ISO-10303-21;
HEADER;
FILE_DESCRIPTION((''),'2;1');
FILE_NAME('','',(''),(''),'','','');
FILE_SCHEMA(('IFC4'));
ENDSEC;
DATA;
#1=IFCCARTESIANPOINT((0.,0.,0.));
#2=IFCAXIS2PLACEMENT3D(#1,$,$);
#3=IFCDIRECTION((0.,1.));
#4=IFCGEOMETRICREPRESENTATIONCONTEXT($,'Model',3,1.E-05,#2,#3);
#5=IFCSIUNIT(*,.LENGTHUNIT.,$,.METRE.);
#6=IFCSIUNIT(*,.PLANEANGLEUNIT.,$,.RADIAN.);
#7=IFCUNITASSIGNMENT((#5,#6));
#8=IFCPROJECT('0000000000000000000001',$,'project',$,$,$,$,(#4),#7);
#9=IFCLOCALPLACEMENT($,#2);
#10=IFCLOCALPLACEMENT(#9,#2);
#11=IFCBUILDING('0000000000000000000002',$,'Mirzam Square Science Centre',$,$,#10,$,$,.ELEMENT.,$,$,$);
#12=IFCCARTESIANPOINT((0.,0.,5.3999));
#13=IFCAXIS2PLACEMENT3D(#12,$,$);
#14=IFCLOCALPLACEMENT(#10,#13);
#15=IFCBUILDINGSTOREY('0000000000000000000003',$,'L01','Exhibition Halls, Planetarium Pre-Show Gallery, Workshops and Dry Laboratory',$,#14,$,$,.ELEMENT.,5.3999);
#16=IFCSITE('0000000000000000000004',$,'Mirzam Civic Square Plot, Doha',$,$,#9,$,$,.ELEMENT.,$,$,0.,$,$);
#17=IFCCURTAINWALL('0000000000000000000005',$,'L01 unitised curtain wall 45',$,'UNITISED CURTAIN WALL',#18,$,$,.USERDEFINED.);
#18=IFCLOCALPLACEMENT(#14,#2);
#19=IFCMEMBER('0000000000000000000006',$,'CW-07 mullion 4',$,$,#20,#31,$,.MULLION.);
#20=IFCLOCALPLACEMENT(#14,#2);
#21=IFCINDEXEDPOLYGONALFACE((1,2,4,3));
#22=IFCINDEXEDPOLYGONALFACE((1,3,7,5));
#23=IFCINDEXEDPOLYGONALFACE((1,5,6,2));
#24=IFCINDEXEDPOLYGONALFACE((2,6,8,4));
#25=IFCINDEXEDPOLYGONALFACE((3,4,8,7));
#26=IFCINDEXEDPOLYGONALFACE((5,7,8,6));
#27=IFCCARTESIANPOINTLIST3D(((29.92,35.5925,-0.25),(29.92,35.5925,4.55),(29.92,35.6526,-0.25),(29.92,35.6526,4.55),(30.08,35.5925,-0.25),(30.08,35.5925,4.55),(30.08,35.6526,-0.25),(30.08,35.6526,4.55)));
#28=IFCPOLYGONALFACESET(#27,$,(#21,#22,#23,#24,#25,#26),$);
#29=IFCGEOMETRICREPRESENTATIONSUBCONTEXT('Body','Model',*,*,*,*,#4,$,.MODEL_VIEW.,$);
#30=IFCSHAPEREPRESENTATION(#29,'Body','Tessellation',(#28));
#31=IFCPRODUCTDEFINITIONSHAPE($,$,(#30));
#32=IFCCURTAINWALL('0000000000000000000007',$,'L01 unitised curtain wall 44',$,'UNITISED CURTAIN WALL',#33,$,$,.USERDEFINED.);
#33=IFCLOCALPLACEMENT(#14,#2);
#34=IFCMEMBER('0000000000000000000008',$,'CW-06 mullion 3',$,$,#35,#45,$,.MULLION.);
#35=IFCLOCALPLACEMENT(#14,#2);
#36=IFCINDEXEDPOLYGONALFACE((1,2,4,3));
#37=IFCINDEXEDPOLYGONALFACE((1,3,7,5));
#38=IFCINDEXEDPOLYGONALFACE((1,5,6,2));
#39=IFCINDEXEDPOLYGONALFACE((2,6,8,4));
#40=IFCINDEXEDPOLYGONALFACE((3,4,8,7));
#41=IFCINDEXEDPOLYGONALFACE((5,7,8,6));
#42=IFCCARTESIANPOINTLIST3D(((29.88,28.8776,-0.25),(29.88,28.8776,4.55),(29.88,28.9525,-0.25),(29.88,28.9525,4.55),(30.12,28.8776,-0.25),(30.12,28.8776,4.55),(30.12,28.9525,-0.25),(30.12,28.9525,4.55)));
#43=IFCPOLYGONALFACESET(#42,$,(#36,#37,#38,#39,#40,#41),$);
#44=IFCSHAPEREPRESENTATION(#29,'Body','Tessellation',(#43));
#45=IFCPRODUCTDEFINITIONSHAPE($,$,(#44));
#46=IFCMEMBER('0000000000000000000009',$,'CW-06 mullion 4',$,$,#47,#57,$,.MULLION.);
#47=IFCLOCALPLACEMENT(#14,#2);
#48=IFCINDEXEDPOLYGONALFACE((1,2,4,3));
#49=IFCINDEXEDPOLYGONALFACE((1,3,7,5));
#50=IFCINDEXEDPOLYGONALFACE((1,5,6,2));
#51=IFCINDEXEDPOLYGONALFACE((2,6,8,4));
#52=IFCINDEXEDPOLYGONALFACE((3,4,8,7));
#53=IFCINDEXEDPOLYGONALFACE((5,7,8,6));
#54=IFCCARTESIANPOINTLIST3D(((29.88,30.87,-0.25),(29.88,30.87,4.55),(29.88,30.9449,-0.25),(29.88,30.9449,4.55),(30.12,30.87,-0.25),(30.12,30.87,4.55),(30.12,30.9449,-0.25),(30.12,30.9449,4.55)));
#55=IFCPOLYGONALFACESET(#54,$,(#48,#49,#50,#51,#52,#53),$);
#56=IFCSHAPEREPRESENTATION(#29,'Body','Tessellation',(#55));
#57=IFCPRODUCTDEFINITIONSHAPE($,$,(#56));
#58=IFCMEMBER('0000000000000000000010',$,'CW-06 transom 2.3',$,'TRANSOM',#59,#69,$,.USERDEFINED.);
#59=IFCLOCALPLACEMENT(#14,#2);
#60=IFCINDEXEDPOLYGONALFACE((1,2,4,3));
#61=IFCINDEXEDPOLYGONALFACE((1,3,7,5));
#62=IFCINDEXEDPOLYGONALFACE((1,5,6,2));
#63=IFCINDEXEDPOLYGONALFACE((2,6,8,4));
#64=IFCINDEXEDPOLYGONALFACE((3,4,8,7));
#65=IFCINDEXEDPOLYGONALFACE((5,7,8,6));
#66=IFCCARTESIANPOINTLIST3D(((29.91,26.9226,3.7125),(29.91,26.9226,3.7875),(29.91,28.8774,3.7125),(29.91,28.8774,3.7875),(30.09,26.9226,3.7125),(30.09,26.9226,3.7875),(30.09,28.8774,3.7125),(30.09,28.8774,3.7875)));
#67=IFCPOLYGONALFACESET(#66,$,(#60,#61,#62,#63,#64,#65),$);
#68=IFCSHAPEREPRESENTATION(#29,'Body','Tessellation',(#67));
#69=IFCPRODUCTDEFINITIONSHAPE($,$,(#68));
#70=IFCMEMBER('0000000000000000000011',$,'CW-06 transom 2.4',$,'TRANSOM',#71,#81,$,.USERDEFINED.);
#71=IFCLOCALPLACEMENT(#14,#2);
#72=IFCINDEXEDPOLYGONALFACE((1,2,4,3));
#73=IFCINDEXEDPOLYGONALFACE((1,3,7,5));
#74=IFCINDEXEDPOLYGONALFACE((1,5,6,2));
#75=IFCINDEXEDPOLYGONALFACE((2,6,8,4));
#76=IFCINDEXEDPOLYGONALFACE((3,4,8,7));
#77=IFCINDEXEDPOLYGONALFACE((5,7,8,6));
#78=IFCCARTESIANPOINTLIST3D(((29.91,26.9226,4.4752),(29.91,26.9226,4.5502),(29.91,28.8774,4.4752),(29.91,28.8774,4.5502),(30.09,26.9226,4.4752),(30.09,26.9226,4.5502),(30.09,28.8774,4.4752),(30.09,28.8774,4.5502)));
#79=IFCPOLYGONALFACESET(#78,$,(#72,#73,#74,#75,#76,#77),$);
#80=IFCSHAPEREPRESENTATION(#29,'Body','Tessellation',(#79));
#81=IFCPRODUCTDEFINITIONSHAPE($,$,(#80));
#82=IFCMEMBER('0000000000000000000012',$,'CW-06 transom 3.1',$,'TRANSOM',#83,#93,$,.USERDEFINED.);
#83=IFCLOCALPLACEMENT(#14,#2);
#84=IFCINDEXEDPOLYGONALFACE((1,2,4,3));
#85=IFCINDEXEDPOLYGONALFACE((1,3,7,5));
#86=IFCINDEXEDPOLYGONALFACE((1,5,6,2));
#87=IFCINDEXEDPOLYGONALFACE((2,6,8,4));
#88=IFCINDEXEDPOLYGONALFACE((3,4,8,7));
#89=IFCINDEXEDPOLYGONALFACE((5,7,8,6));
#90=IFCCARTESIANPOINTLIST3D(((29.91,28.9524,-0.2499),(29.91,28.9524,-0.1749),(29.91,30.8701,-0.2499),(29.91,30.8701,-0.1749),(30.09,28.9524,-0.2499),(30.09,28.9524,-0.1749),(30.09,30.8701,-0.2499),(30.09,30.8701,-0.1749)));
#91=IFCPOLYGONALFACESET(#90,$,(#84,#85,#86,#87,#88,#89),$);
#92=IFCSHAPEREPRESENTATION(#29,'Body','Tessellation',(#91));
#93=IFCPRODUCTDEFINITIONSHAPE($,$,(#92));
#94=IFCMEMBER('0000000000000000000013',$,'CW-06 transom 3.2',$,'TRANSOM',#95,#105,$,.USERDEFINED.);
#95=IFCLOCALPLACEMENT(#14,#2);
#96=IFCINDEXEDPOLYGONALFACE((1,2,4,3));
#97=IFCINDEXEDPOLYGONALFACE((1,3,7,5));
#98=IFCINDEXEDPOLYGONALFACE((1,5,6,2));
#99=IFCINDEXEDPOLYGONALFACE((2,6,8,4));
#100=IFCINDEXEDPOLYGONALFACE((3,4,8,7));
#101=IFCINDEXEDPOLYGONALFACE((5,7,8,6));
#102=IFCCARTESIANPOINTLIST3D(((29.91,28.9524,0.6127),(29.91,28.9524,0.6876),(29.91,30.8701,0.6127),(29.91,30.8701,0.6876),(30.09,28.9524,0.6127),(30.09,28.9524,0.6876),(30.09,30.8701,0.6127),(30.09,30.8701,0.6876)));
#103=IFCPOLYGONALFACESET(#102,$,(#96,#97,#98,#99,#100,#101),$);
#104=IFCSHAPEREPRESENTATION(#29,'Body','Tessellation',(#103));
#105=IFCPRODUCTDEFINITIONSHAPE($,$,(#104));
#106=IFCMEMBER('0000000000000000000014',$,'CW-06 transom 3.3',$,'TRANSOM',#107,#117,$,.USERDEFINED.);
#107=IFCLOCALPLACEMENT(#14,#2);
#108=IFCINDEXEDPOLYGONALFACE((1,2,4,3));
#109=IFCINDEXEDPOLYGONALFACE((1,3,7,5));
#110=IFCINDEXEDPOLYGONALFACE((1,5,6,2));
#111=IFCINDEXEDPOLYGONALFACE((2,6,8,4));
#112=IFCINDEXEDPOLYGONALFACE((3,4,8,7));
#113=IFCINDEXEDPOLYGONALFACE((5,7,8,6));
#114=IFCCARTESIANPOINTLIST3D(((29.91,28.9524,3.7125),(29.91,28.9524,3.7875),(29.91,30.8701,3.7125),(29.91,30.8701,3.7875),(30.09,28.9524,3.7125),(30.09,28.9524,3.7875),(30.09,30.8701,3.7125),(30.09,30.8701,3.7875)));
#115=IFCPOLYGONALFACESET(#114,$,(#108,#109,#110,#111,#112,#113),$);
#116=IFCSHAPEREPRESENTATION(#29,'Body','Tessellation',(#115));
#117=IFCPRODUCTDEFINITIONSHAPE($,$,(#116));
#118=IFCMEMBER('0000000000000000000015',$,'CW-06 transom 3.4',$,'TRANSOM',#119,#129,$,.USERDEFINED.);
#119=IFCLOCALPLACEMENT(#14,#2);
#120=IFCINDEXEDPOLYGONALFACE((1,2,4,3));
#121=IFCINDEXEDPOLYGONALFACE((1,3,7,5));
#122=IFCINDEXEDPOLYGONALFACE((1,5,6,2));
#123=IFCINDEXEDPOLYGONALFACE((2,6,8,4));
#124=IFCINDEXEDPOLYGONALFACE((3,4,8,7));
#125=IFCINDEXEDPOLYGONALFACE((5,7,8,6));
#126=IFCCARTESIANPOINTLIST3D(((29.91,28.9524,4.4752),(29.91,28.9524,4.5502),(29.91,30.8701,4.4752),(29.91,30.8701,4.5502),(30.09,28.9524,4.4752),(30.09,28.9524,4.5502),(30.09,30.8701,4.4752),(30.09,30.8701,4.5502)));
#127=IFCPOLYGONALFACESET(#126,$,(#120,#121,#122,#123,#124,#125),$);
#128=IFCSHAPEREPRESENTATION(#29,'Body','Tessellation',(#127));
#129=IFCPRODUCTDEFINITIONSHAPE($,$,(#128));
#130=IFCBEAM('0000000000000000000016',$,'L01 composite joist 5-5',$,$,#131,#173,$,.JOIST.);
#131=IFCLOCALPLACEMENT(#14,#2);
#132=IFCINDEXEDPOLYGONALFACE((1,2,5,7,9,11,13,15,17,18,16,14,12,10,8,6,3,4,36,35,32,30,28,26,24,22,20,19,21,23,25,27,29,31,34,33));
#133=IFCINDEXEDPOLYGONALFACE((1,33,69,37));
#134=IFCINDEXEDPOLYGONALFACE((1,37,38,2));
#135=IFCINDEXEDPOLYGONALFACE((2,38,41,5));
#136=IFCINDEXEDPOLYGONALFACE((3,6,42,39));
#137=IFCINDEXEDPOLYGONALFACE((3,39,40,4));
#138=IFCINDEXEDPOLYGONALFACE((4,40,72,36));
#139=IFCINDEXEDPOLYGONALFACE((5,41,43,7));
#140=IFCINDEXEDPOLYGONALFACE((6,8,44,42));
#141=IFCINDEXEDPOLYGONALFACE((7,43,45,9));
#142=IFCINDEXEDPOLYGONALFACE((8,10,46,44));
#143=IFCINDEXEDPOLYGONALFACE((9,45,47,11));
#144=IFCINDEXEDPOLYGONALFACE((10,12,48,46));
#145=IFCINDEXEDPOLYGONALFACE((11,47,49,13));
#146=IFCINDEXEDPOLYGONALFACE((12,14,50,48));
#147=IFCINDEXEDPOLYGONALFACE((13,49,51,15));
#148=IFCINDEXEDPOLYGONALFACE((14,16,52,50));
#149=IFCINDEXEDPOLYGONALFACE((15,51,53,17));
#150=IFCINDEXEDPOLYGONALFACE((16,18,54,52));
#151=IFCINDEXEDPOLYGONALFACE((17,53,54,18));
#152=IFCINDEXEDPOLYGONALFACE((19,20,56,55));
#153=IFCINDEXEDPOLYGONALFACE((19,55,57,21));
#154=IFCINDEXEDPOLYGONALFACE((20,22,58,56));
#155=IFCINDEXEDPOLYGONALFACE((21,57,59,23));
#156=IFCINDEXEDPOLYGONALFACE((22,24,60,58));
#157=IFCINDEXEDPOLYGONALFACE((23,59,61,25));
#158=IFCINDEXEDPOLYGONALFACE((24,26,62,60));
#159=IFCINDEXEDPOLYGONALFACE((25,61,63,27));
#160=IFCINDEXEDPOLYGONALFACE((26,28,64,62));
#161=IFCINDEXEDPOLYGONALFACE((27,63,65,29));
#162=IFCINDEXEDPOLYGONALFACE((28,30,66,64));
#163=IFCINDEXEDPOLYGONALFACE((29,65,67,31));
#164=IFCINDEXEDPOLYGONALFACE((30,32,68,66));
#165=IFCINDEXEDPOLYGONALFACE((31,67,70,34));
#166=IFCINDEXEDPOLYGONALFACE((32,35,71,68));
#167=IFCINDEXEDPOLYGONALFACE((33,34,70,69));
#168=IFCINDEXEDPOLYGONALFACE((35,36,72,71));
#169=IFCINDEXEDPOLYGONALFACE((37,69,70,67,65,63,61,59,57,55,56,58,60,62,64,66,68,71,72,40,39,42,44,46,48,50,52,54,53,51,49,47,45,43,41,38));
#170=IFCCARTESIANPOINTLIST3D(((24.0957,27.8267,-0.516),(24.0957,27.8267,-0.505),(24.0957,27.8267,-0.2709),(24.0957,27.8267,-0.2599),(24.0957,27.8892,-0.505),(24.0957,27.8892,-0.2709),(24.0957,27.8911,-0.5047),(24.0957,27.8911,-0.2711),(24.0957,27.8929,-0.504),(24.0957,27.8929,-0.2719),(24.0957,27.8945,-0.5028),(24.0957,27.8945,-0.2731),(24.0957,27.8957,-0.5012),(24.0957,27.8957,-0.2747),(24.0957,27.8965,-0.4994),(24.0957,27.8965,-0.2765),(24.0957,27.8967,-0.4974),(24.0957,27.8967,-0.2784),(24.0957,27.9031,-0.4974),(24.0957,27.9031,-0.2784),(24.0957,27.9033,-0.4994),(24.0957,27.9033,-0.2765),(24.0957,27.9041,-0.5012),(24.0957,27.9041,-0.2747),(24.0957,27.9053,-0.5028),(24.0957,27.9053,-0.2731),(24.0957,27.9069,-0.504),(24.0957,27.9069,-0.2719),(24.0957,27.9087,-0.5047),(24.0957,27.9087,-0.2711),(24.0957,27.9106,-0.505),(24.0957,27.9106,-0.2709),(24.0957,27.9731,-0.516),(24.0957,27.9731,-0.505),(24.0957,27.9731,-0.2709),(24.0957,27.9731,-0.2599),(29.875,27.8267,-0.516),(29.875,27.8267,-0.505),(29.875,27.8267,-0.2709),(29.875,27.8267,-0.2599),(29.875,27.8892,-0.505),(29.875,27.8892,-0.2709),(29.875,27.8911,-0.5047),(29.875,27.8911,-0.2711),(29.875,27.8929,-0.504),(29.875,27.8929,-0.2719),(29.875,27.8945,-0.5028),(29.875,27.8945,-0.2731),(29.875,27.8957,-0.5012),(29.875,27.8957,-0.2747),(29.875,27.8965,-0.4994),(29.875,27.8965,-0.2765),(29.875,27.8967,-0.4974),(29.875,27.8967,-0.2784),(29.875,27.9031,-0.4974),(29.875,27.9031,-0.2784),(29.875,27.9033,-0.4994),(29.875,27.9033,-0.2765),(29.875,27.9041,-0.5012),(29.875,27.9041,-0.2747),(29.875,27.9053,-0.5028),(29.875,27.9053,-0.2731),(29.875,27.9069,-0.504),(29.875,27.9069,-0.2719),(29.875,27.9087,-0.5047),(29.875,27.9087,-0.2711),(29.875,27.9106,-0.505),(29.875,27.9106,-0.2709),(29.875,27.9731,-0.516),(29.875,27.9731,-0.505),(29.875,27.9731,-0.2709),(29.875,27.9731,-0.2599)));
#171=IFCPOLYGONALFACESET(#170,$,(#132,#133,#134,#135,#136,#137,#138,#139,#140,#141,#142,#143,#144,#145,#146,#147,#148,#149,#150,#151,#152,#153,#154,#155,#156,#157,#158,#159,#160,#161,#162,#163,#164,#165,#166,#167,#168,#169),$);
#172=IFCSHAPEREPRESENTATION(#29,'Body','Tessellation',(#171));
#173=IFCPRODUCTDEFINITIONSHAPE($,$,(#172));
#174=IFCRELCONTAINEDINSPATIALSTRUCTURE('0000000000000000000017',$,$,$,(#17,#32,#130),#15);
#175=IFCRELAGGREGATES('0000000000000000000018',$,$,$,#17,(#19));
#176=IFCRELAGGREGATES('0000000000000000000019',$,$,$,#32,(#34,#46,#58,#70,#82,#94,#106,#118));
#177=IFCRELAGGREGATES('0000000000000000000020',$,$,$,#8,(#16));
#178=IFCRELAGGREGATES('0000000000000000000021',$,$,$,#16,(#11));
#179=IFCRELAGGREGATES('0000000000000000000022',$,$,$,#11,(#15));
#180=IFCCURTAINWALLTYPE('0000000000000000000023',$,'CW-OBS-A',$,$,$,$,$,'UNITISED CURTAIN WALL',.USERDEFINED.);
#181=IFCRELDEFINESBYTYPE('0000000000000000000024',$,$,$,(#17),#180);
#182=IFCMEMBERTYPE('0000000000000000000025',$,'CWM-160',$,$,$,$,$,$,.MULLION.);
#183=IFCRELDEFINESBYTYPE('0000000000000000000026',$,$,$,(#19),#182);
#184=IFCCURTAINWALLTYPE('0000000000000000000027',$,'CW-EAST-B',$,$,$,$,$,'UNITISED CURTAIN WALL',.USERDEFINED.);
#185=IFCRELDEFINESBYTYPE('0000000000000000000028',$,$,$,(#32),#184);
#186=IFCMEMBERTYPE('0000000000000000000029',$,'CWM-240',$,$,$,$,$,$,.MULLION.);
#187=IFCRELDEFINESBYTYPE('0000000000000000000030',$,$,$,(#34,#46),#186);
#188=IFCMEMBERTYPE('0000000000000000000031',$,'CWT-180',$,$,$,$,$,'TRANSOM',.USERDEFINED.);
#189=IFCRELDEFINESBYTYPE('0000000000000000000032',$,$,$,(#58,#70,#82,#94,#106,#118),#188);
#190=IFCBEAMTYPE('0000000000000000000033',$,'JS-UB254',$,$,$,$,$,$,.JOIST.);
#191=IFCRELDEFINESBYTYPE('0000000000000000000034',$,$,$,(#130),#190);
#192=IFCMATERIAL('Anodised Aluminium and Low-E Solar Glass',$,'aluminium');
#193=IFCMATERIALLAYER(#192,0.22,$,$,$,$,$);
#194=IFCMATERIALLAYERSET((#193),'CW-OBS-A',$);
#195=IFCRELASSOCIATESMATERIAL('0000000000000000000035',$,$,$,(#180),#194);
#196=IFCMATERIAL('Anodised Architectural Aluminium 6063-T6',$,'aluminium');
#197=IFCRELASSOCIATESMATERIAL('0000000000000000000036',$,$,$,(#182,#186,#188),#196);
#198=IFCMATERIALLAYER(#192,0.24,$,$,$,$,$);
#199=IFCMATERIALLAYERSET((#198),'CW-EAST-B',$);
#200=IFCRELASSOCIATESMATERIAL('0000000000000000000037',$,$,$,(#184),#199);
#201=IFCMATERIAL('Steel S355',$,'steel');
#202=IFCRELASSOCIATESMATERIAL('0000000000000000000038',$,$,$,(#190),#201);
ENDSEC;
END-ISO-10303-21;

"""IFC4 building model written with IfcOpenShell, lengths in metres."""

from ifc_helpers import new_model, si_unit, direction, frame, origin, origin_2d, place, context, subcontext, project, spatial, rectangle, i_section, extrude, material, layer, layer_set, material_profile, profile_set, type_object, element, aggregate, save


model = new_model("IFC4")

# Units and contexts
model_context = context("Model", 3, precision=1e-05, world=origin(), true_north=direction((0.0, 1.0)))
body_context = subcontext(model_context, "Body", "Model", "MODEL_VIEW")
ifc_project = project(units=[si_unit("LENGTHUNIT", "METRE"), si_unit("PLANEANGLEUNIT", "RADIAN")], contexts=[model_context])

# Site, building, storey
site_placement = place(None, origin())
site = spatial("IfcSite", under=ifc_project, at=site_placement, Name="Mirzam Civic Square Plot, Doha", CompositionType="ELEMENT", RefElevation=0.0)
building_placement = place(site_placement, origin())
building = spatial("IfcBuilding", under=site, at=building_placement, Name="Mirzam Square Science Centre", CompositionType="ELEMENT")
storey_placement = place(building_placement, frame((0.0, 0.0, 5.3999)))
storey = spatial("IfcBuildingStorey", under=building, at=storey_placement, Name="L01", Description="Exhibition Halls, Planetarium Pre-Show Gallery, Workshops and Dry Laboratory", CompositionType="ELEMENT", Elevation=5.3999)

# Shared definitions
ifc_material_1 = material(Name="Steel S355", Category="steel")

# Curtain walls, members
ifc_material_2 = material(Name="Anodised Aluminium and Low-E Solar Glass", Category="aluminium")
ifc_layer_1 = layer(ifc_material_2, 0.22)
ifc_layer_set_1 = layer_set([ifc_layer_1], Name="CW-OBS-A")
curtain_wall_type_1 = type_object("IfcCurtainWallType", Name="CW-OBS-A", ElementType="UNITISED CURTAIN WALL", PredefinedType="USERDEFINED", material=ifc_layer_set_1)
curtain_wall_1_placement = place(storey_placement, origin())
curtain_wall_1 = element("IfcCurtainWall", 1, at=curtain_wall_1_placement, inside=storey, type_object=curtain_wall_type_1, Name="L01 unitised curtain wall 45", ObjectType="UNITISED CURTAIN WALL", PredefinedType="USERDEFINED")
ifc_material_3 = material(Name="Anodised Architectural Aluminium 6063-T6", Category="aluminium")
ifc_material_profile_1 = material_profile(ifc_material_3, rectangle(XDim=0.0601, YDim=0.1599, at=origin_2d()), Name="ALU-MULL-160x60x4")
ifc_profile_set_1 = profile_set([ifc_material_profile_1], Name="Anodised Architectural Aluminium 6063-T6")
member_type_1 = type_object("IfcMemberType", Name="CWM-160", PredefinedType="MULLION", material=ifc_profile_set_1)
member_1_placement = place(storey_placement, frame((30.0, 35.6226, -0.25), z_axis=(0.0, 0.0, 1.0), x_axis=(0.0, 1.0, 0.0)))
member_1 = element("IfcMember", 2, at=member_1_placement, type_object=member_type_1, Name="CW-07 mullion 4", PredefinedType="MULLION", context=body_context, shape_type="SweptSolid", body=[
    extrude(rectangle(XDim=0.0601, YDim=0.1599, at=origin_2d()), origin(), (0.0, 0.0, 1.0), 4.8),
])
aggregate(curtain_wall_1, [member_1])
ifc_layer_2 = layer(ifc_material_2, 0.24)
ifc_layer_set_2 = layer_set([ifc_layer_2], Name="CW-EAST-B")
curtain_wall_type_2 = type_object("IfcCurtainWallType", Name="CW-EAST-B", ElementType="UNITISED CURTAIN WALL", PredefinedType="USERDEFINED", material=ifc_layer_set_2)
curtain_wall_2_placement = place(storey_placement, origin())
curtain_wall_2 = element("IfcCurtainWall", 3, at=curtain_wall_2_placement, inside=storey, type_object=curtain_wall_type_2, Name="L01 unitised curtain wall 44", ObjectType="UNITISED CURTAIN WALL", PredefinedType="USERDEFINED")
ifc_material_profile_2 = material_profile(ifc_material_3, rectangle(XDim=0.075, YDim=0.24, at=origin_2d()), Name="ALU-MULL-240x75x5")
ifc_profile_set_2 = profile_set([ifc_material_profile_2], Name="Anodised Architectural Aluminium 6063-T6")
member_type_2 = type_object("IfcMemberType", Name="CWM-240", PredefinedType="MULLION", material=ifc_profile_set_2)
member_2_placement = place(storey_placement, frame((30.0, 28.915, -0.25), z_axis=(0.0, 0.0, 1.0), x_axis=(0.0, 1.0, 0.0)))
member_2 = element("IfcMember", 4, at=member_2_placement, type_object=member_type_2, Name="CW-06 mullion 3", PredefinedType="MULLION", context=body_context, shape_type="SweptSolid", body=[
    extrude(rectangle(XDim=0.075, YDim=0.24, at=origin_2d()), origin(), (0.0, 0.0, 1.0), 4.8),
])
member_3_placement = place(storey_placement, frame((30.0, 30.9075, -0.25), z_axis=(0.0, 0.0, 1.0), x_axis=(0.0, 1.0, 0.0)))
member_3 = element("IfcMember", 5, at=member_3_placement, type_object=member_type_2, Name="CW-06 mullion 4", PredefinedType="MULLION", context=body_context, shape_type="SweptSolid", body=[
    extrude(rectangle(XDim=0.075, YDim=0.24, at=origin_2d()), origin(), (0.0, 0.0, 1.0), 4.8),
])
ifc_material_profile_3 = material_profile(ifc_material_3, rectangle(XDim=0.1799, YDim=0.075, at=origin_2d()), Name="ALU-TRAN-180x75x5")
ifc_profile_set_3 = profile_set([ifc_material_profile_3], Name="Anodised Architectural Aluminium 6063-T6")
member_type_3 = type_object("IfcMemberType", Name="CWT-180", ElementType="TRANSOM", PredefinedType="USERDEFINED", material=ifc_profile_set_3)
member_4_placement = place(storey_placement, frame((30.0, 26.9226, 3.75), z_axis=(0.0, 1.0, 0.0), x_axis=(-1.0, 0.0, 0.0)))
member_4 = element("IfcMember", 6, at=member_4_placement, type_object=member_type_3, Name="CW-06 transom 2.3", ObjectType="TRANSOM", PredefinedType="USERDEFINED", context=body_context, shape_type="SweptSolid", body=[
    extrude(rectangle(XDim=0.1799, YDim=0.075, at=origin_2d()), origin(), (0.0, 0.0, 1.0), 1.9548),
])
member_5_placement = place(storey_placement, frame((30.0, 26.9226, 4.5127), z_axis=(0.0, 1.0, 0.0), x_axis=(-1.0, 0.0, 0.0)))
member_5 = element("IfcMember", 7, at=member_5_placement, type_object=member_type_3, Name="CW-06 transom 2.4", ObjectType="TRANSOM", PredefinedType="USERDEFINED", context=body_context, shape_type="SweptSolid", body=[
    extrude(rectangle(XDim=0.1799, YDim=0.075, at=origin_2d()), origin(), (0.0, 0.0, 1.0), 1.9548),
])
member_6_placement = place(storey_placement, frame((30.0, 28.9524, -0.2124), z_axis=(0.0, 1.0, 0.0), x_axis=(-1.0, 0.0, 0.0)))
member_6 = element("IfcMember", 8, at=member_6_placement, type_object=member_type_3, Name="CW-06 transom 3.1", ObjectType="TRANSOM", PredefinedType="USERDEFINED", context=body_context, shape_type="SweptSolid", body=[
    extrude(rectangle(XDim=0.1799, YDim=0.075, at=origin_2d()), origin(), (0.0, 0.0, 1.0), 1.9177),
])
member_7_placement = place(storey_placement, frame((30.0, 28.9524, 0.6501), z_axis=(0.0, 1.0, 0.0), x_axis=(-1.0, 0.0, 0.0)))
member_7 = element("IfcMember", 9, at=member_7_placement, type_object=member_type_3, Name="CW-06 transom 3.2", ObjectType="TRANSOM", PredefinedType="USERDEFINED", context=body_context, shape_type="SweptSolid", body=[
    extrude(rectangle(XDim=0.1799, YDim=0.075, at=origin_2d()), origin(), (0.0, 0.0, 1.0), 1.9177),
])
member_8_placement = place(storey_placement, frame((30.0, 28.9524, 3.75), z_axis=(0.0, 1.0, 0.0), x_axis=(-1.0, 0.0, 0.0)))
member_8 = element("IfcMember", 10, at=member_8_placement, type_object=member_type_3, Name="CW-06 transom 3.3", ObjectType="TRANSOM", PredefinedType="USERDEFINED", context=body_context, shape_type="SweptSolid", body=[
    extrude(rectangle(XDim=0.1799, YDim=0.075, at=origin_2d()), origin(), (0.0, 0.0, 1.0), 1.9177),
])
member_9_placement = place(storey_placement, frame((30.0, 28.9524, 4.5127), z_axis=(0.0, 1.0, 0.0), x_axis=(-1.0, 0.0, 0.0)))
member_9 = element("IfcMember", 11, at=member_9_placement, type_object=member_type_3, Name="CW-06 transom 3.4", ObjectType="TRANSOM", PredefinedType="USERDEFINED", context=body_context, shape_type="SweptSolid", body=[
    extrude(rectangle(XDim=0.1799, YDim=0.075, at=origin_2d()), origin(), (0.0, 0.0, 1.0), 1.9177),
])

# Beam
ifc_material_profile_4 = material_profile(ifc_material_1, i_section(OverallWidth=0.1465, OverallDepth=0.2561, WebThickness=0.0063, FlangeThickness=0.011, FilletRadius=0.0076, at=origin_2d()), Name="254x146x37UB")
ifc_profile_set_4 = profile_set([ifc_material_profile_4], Name="Steel S355")
beam_type_1 = type_object("IfcBeamType", Name="JS-UB254", PredefinedType="JOIST", material=ifc_profile_set_4)
beam_1_placement = place(storey_placement, frame((24.0957, 27.8999, -0.3879), z_axis=(1.0, 0.0, 0.0), x_axis=(0.0, 1.0, 0.0)))
element("IfcBeam", 12, at=beam_1_placement, inside=storey, type_object=beam_type_1, Name="L01 composite joist 5-5", PredefinedType="JOIST", context=body_context, shape_type="SweptSolid", body=[
    extrude(i_section(OverallWidth=0.1465, OverallDepth=0.2561, WebThickness=0.0063, FlangeThickness=0.011, FilletRadius=0.0076, at=origin_2d()), origin(), (0.0, 0.0, 1.0), 5.7793),
])

aggregate(curtain_wall_2, [member_2, member_3, member_4, member_5, member_6, member_7, member_8, member_9])

save(model, "model.ifc")
